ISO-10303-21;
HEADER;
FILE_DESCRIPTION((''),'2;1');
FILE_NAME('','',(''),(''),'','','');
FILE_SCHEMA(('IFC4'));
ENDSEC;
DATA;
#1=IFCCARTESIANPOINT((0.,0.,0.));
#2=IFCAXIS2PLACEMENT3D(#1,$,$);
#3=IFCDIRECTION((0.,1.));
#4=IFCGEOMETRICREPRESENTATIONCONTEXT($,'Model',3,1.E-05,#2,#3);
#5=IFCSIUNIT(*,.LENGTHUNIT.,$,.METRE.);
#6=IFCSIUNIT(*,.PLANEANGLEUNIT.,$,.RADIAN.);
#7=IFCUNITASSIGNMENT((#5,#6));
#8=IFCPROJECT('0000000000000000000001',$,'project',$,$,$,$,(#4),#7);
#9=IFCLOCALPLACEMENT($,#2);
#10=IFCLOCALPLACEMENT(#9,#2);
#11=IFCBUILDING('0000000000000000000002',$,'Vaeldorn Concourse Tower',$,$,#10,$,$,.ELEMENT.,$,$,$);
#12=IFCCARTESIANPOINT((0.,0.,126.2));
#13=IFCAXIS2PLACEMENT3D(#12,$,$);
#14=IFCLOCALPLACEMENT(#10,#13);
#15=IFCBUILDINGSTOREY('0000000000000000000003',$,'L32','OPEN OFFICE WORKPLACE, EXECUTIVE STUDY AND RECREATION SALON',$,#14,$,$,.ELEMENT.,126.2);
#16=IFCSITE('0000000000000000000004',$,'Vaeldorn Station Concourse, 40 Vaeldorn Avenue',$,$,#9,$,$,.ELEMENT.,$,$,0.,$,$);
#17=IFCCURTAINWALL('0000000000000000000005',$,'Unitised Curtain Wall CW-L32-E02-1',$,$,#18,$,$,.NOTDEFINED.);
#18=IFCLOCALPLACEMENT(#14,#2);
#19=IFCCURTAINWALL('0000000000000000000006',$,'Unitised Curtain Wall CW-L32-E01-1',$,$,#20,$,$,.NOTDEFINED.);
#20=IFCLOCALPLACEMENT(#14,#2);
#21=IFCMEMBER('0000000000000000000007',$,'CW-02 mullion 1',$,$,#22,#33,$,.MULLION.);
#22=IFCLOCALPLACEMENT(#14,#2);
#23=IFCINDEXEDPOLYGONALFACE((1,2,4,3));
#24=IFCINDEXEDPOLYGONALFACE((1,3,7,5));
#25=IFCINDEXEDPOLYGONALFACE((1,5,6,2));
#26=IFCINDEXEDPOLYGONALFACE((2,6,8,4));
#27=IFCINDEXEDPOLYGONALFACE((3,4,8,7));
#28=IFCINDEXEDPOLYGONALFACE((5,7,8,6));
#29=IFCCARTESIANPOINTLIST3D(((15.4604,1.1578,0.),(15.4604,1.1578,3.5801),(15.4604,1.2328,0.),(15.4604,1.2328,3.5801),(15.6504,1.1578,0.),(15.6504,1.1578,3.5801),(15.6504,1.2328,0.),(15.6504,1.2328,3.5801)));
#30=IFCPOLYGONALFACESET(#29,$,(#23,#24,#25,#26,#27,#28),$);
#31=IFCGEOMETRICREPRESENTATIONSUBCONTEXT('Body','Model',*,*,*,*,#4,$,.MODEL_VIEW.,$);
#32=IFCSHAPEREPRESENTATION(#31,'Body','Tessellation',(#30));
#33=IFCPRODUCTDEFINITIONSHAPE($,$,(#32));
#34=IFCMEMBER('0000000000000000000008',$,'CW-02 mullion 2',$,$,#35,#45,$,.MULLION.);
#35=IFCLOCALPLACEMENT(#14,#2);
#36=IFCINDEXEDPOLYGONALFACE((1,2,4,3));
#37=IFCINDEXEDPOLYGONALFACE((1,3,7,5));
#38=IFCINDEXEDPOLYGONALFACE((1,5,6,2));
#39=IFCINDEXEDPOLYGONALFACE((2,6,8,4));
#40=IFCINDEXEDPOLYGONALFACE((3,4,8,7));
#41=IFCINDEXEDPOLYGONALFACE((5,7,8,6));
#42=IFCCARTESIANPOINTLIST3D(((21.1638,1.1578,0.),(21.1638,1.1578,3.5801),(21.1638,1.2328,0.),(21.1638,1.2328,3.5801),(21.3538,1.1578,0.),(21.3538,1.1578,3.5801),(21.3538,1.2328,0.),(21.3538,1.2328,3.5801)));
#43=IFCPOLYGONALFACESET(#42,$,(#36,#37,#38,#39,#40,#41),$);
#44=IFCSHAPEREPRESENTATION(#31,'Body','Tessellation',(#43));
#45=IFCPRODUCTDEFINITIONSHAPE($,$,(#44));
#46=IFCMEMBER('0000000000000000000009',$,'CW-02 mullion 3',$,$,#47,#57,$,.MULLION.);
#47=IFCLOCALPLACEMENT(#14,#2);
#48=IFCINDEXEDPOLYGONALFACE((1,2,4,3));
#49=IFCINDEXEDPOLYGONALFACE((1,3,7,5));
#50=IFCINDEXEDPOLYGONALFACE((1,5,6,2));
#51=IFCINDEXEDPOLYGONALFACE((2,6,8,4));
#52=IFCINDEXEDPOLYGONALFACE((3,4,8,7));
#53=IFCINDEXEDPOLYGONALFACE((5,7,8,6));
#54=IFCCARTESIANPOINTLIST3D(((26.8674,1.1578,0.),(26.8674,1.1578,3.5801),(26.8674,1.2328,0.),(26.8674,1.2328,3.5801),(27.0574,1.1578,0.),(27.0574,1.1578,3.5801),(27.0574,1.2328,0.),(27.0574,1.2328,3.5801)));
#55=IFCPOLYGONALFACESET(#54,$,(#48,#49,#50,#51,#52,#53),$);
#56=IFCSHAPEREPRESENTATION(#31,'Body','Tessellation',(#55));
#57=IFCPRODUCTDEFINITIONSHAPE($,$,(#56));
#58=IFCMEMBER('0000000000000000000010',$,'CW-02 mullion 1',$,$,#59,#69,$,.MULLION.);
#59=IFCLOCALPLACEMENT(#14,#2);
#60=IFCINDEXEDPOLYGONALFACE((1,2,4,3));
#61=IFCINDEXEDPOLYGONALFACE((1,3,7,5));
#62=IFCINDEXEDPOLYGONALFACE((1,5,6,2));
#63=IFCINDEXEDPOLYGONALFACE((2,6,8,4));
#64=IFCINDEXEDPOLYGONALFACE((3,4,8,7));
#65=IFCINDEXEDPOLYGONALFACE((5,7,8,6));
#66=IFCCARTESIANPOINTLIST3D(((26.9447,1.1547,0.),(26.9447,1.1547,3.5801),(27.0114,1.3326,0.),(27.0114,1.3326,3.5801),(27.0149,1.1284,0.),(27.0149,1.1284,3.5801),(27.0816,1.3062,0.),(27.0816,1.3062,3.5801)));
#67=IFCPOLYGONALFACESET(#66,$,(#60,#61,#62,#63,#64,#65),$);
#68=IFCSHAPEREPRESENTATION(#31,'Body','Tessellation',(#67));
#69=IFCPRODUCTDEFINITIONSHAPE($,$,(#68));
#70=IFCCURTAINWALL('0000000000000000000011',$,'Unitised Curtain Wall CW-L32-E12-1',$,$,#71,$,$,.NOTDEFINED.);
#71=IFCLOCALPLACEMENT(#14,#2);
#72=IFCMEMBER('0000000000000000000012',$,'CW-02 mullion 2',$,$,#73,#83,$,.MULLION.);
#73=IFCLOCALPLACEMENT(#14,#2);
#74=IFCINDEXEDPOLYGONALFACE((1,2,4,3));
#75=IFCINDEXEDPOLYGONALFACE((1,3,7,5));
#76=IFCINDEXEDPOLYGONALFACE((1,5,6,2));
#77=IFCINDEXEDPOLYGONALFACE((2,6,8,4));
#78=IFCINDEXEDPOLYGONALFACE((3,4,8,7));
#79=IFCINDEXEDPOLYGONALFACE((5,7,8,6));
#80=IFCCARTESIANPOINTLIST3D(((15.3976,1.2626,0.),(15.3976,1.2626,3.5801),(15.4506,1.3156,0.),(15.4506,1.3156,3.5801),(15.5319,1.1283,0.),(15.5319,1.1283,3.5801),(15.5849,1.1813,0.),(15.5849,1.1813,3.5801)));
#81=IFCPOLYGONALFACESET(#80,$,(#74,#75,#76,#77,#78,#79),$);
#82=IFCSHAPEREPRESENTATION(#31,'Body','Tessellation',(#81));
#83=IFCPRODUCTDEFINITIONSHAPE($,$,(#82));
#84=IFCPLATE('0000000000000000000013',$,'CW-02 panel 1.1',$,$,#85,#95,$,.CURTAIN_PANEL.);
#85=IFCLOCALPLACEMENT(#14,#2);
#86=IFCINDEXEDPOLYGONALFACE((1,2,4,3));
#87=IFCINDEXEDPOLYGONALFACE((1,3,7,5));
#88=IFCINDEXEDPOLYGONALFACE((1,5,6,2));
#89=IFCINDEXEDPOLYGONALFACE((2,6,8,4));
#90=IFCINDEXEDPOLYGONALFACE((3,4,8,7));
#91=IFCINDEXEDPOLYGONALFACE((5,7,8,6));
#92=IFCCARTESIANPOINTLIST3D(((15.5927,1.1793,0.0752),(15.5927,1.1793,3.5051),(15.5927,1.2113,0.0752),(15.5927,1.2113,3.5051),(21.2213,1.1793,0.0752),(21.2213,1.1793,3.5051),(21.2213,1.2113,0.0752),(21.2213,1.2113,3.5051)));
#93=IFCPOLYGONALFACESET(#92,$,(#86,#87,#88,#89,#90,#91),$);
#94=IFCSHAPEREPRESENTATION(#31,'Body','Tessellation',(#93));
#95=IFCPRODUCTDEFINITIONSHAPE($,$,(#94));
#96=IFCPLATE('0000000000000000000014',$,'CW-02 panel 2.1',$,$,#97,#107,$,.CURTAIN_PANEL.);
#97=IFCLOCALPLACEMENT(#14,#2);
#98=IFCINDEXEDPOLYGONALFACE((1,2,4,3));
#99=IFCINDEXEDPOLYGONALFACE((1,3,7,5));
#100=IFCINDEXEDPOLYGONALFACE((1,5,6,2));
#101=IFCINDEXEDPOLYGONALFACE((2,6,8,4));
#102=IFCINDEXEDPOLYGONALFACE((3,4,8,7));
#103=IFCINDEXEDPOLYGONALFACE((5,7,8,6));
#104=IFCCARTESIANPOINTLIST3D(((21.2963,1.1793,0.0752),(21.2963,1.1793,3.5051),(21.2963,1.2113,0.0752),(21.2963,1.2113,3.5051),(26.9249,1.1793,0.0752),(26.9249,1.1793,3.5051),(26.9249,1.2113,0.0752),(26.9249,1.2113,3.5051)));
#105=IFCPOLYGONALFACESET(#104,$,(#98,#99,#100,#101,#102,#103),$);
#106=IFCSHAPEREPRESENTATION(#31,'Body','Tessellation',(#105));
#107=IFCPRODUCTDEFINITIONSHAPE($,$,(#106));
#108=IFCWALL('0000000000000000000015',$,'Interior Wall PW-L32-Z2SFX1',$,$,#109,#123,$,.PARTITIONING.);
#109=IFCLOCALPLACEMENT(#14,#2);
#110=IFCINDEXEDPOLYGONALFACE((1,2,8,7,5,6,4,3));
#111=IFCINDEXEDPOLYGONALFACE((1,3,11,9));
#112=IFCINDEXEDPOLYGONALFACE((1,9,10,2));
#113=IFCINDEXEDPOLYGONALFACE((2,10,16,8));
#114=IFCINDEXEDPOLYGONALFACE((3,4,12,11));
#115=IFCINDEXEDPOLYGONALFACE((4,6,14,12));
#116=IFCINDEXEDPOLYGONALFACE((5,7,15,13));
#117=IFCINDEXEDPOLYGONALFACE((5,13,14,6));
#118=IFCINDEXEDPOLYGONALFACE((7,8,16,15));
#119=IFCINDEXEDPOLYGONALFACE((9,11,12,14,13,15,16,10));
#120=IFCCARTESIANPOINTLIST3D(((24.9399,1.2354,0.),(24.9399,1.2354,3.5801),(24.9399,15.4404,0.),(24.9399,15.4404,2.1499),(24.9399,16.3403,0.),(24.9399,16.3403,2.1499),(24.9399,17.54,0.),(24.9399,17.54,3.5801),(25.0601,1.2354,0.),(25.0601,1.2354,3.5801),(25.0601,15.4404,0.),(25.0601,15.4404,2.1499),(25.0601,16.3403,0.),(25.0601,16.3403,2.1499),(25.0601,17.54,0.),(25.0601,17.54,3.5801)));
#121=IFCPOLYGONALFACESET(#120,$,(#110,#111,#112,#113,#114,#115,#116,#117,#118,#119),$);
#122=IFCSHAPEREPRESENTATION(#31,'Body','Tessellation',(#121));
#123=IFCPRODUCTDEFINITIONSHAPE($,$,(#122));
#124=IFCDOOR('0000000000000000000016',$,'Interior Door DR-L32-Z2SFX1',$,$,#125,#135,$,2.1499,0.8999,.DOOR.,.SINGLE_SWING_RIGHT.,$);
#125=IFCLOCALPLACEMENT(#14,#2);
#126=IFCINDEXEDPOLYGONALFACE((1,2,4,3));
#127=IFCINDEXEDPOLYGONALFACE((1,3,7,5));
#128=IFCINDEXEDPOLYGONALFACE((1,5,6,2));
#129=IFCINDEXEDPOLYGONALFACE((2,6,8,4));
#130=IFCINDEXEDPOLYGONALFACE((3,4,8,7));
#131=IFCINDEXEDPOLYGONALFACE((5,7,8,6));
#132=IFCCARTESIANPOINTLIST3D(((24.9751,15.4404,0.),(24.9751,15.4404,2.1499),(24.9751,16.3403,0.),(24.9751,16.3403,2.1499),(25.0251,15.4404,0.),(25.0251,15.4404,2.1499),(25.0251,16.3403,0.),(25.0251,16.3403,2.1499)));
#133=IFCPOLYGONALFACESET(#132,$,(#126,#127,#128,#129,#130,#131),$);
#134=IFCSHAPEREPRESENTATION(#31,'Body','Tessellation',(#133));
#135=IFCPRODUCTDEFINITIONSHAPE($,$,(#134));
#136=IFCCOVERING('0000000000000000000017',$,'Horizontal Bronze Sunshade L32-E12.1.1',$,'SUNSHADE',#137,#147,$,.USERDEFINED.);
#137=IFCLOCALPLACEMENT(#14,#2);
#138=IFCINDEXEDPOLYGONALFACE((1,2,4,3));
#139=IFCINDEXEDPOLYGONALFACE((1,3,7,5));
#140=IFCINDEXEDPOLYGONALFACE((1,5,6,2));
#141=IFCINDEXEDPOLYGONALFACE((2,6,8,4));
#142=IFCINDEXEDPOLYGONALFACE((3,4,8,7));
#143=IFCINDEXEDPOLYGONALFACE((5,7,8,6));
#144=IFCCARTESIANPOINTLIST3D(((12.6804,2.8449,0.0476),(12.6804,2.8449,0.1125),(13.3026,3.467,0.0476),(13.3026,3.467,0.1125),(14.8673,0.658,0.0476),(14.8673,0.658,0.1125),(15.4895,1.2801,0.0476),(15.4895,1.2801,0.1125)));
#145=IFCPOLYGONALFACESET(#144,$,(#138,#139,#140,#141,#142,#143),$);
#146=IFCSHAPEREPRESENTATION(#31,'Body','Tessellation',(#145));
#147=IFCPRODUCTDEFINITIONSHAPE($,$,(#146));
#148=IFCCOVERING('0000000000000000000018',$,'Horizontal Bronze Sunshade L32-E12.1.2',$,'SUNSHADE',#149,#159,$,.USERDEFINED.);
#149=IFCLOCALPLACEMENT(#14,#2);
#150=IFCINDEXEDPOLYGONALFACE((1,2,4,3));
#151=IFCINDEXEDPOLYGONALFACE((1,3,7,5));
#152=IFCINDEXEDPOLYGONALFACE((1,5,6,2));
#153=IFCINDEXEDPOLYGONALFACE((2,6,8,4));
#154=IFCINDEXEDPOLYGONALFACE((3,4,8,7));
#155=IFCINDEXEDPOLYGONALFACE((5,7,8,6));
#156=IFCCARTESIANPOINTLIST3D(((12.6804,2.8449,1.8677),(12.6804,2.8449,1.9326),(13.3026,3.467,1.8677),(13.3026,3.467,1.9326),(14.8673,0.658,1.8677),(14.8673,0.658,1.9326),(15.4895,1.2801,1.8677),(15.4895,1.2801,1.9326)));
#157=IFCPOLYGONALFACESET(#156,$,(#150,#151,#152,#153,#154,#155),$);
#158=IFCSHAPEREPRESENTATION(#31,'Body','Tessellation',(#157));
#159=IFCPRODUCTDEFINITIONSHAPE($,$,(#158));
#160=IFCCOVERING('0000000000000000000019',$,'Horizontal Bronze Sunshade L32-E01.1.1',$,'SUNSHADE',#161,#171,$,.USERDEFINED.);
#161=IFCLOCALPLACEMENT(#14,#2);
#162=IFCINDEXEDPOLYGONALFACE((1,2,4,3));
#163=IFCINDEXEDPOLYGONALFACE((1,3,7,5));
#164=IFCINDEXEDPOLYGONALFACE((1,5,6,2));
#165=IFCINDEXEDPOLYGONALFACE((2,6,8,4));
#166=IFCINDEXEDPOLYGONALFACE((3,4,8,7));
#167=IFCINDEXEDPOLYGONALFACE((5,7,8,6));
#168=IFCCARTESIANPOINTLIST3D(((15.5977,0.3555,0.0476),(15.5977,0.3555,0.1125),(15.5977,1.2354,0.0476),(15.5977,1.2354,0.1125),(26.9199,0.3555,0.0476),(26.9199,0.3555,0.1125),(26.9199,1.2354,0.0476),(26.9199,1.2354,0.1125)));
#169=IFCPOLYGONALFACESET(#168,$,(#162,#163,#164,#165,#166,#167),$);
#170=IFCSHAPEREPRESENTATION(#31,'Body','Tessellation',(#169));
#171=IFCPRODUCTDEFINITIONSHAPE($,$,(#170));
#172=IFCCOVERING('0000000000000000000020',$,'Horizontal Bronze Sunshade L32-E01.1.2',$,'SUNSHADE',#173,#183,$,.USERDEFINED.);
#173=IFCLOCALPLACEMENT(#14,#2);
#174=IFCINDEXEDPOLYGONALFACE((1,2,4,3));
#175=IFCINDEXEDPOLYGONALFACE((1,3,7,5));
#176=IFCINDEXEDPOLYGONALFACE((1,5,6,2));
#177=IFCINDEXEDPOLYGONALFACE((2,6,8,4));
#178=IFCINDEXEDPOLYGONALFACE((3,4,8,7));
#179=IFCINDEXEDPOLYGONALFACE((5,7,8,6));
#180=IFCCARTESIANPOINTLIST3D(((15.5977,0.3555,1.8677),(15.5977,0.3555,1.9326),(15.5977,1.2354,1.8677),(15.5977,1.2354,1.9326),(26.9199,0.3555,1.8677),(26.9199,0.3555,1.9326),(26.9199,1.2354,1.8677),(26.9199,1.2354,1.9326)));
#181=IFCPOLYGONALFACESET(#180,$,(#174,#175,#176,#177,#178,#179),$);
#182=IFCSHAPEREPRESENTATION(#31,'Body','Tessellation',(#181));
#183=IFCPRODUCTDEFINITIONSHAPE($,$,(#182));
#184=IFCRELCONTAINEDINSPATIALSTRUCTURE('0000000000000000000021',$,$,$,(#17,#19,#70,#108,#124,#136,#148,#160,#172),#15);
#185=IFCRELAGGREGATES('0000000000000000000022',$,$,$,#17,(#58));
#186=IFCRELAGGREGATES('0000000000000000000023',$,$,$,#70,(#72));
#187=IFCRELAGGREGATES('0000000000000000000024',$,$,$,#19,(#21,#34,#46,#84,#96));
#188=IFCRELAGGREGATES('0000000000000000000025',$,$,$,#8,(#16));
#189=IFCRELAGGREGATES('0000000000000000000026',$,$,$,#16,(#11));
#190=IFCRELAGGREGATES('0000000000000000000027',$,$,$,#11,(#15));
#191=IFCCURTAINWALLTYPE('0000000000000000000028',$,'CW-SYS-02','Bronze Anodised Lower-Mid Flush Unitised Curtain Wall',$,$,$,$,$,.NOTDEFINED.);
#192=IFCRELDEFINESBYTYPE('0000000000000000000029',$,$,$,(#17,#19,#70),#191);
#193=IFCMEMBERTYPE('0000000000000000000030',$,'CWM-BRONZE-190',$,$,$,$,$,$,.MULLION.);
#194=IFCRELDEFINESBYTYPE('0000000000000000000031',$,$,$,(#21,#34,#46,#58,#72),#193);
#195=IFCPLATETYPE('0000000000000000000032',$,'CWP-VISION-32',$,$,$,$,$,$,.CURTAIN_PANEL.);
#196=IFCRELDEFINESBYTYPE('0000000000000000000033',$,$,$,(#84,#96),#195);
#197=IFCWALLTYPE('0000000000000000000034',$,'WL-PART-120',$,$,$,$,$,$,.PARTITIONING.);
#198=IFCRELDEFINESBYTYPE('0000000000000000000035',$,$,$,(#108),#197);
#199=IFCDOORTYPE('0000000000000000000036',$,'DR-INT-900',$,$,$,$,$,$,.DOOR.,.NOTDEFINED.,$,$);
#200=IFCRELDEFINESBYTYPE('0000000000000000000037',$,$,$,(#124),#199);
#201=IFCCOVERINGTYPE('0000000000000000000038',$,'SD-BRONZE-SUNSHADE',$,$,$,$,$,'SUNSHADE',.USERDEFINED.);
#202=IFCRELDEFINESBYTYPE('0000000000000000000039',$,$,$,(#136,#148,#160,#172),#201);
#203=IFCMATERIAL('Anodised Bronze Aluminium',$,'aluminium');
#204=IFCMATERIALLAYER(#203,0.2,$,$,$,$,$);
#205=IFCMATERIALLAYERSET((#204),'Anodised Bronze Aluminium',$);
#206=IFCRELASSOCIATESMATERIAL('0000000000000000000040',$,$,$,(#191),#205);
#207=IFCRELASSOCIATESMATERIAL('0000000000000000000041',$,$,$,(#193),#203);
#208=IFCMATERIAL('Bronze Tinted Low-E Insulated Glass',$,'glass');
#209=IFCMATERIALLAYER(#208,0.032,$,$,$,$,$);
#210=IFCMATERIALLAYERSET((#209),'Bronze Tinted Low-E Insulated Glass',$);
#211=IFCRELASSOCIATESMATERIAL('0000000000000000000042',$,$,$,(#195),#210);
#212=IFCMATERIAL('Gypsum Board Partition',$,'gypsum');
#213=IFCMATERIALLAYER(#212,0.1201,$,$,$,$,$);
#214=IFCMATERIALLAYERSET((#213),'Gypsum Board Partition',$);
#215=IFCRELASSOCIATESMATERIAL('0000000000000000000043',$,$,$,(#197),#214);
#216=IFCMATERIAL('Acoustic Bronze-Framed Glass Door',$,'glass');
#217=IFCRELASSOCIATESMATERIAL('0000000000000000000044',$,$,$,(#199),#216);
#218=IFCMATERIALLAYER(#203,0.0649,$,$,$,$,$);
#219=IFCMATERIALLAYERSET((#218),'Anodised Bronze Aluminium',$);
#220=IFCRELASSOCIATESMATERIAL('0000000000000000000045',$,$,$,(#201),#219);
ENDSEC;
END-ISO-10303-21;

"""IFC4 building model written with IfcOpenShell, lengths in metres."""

from ifc_helpers import new_model, si_unit, direction, frame, frame_2d, origin, origin_2d, place, context, subcontext, project, spatial, rectangle, extrude, source, transform, mapped, material, layer, layer_set, material_profile, profile_set, type_object, element, fill, aggregate, save


model = new_model("IFC4")

# Units and contexts
model_context = context("Model", 3, precision=1e-05, world=origin(), true_north=direction((0.0, 1.0)))
body_context = subcontext(model_context, "Body", "Model", "MODEL_VIEW")
ifc_project = project(units=[si_unit("LENGTHUNIT", "METRE"), si_unit("PLANEANGLEUNIT", "RADIAN")], contexts=[model_context])

# Site, building, storey
site_placement = place(None, origin())
site = spatial("IfcSite", under=ifc_project, at=site_placement, Name="Vaeldorn Station Concourse, 40 Vaeldorn Avenue", CompositionType="ELEMENT", RefElevation=0.0)
building_placement = place(site_placement, origin())
building = spatial("IfcBuilding", under=site, at=building_placement, Name="Vaeldorn Concourse Tower", CompositionType="ELEMENT")
storey_placement = place(building_placement, frame((0.0, 0.0, 126.2)))
storey = spatial("IfcBuildingStorey", under=building, at=storey_placement, Name="L32", Description="OPEN OFFICE WORKPLACE, EXECUTIVE STUDY AND RECREATION SALON", CompositionType="ELEMENT", Elevation=126.2)

# Curtain walls, members
ifc_material_1 = material(Name="Anodised Bronze Aluminium", Category="aluminium")
ifc_layer_1 = layer(ifc_material_1, 0.2)
ifc_layer_set_1 = layer_set([ifc_layer_1], Name="Anodised Bronze Aluminium")
curtain_wall_type = type_object("IfcCurtainWallType", Name="CW-SYS-02", Description="Bronze Anodised Lower-Mid Flush Unitised Curtain Wall", PredefinedType="NOTDEFINED", material=ifc_layer_set_1)
curtain_wall_1_placement = place(storey_placement, origin())
curtain_wall_1 = element("IfcCurtainWall", 1, at=curtain_wall_1_placement, inside=storey, type_object=curtain_wall_type, Name="Unitised Curtain Wall CW-L32-E02-1", PredefinedType="NOTDEFINED")
curtain_wall_2_placement = place(storey_placement, origin())
curtain_wall_2 = element("IfcCurtainWall", 2, at=curtain_wall_2_placement, inside=storey, type_object=curtain_wall_type, Name="Unitised Curtain Wall CW-L32-E01-1", PredefinedType="NOTDEFINED")
ifc_material_profile_1 = material_profile(ifc_material_1, rectangle(XDim=0.075, YDim=0.1899, at=origin_2d()), Name="CWM 75x190")
ifc_profile_set_1 = profile_set([ifc_material_profile_1], Name="Anodised Bronze Aluminium")
member_type_1 = type_object("IfcMemberType", Name="CWM-BRONZE-190", PredefinedType="MULLION", material=ifc_profile_set_1)
shared_shape_1 = source(origin(), body_context, "Body", "SweptSolid", [
    extrude(rectangle(XDim=0.075, YDim=0.1899, at=origin_2d()), origin(), (0.0, 0.0, 1.0), 3.5801),
])
member_1_placement = place(storey_placement, frame((15.5554, 1.1953, 0.0), z_axis=(0.0, 0.0, 1.0), x_axis=(0.0, 1.0, 0.0)))
member_1 = element("IfcMember", 3, at=member_1_placement, type_object=member_type_1, Name="CW-02 mullion 1", PredefinedType="MULLION", context=body_context, shape_type="MappedRepresentation", body=[
    mapped(shared_shape_1, transform((0.0, 0.0, 0.0), scale=1.0)),
])
member_2_placement = place(storey_placement, frame((21.2588, 1.1953, 0.0), z_axis=(0.0, 0.0, 1.0), x_axis=(0.0, 1.0, 0.0)))
member_2 = element("IfcMember", 4, at=member_2_placement, type_object=member_type_1, Name="CW-02 mullion 2", PredefinedType="MULLION", context=body_context, shape_type="MappedRepresentation", body=[
    mapped(shared_shape_1, transform((0.0, 0.0, 0.0), scale=1.0)),
])
member_3_placement = place(storey_placement, frame((26.9624, 1.1953, 0.0), z_axis=(0.0, 0.0, 1.0), x_axis=(0.0, 1.0, 0.0)))
member_3 = element("IfcMember", 5, at=member_3_placement, type_object=member_type_1, Name="CW-02 mullion 3", PredefinedType="MULLION", context=body_context, shape_type="MappedRepresentation", body=[
    mapped(shared_shape_1, transform((0.0, 0.0, 0.0), scale=1.0)),
])

# Member
member_4_placement = place(storey_placement, frame((27.0132, 1.2305, 0.0), z_axis=(0.0, 0.0, 1.0), x_axis=(-0.936329, 0.351123, 0.0)))
member_4 = element("IfcMember", 6, at=member_4_placement, type_object=member_type_1, Name="CW-02 mullion 1", PredefinedType="MULLION", context=body_context, shape_type="MappedRepresentation", body=[
    mapped(shared_shape_1, transform((0.0, 0.0, 0.0), scale=1.0)),
])
aggregate(curtain_wall_1, [member_4])

# Curtain wall, member
curtain_wall_3_placement = place(storey_placement, origin())
curtain_wall_3 = element("IfcCurtainWall", 7, at=curtain_wall_3_placement, inside=storey, type_object=curtain_wall_type, Name="Unitised Curtain Wall CW-L32-E12-1", PredefinedType="NOTDEFINED")
member_5_placement = place(storey_placement, frame((15.4912, 1.2219, 0.0), z_axis=(0.0, 0.0, 1.0), x_axis=(0.707107, 0.707107, 0.0)))
member_5 = element("IfcMember", 8, at=member_5_placement, type_object=member_type_1, Name="CW-02 mullion 2", PredefinedType="MULLION", context=body_context, shape_type="MappedRepresentation", body=[
    mapped(shared_shape_1, transform((0.0, 0.0, 0.0), scale=1.0)),
])
aggregate(curtain_wall_3, [member_5])

# Plates
ifc_material_2 = material(Name="Bronze Tinted Low-E Insulated Glass", Category="glass")
ifc_layer_2 = layer(ifc_material_2, 0.032)
ifc_layer_set_2 = layer_set([ifc_layer_2], Name="Bronze Tinted Low-E Insulated Glass")
plate_type = type_object("IfcPlateType", Name="CWP-VISION-32", PredefinedType="CURTAIN_PANEL", material=ifc_layer_set_2)
shared_shape_2 = source(origin(), body_context, "Body", "SweptSolid", [
    extrude(rectangle(XDim=5.6287, YDim=0.032, at=origin_2d()), origin(), (0.0, 0.0, 1.0), 3.4299),
])
plate_1_placement = place(storey_placement, frame((18.407, 1.1953, 0.0752), z_axis=(0.0, 0.0, 1.0), x_axis=(1.0, 0.0, 0.0)))
plate_1 = element("IfcPlate", 9, at=plate_1_placement, type_object=plate_type, Name="CW-02 panel 1.1", PredefinedType="CURTAIN_PANEL", context=body_context, shape_type="MappedRepresentation", body=[
    mapped(shared_shape_2, transform((0.0, 0.0, 0.0), scale=1.0)),
])
plate_2_placement = place(storey_placement, frame((24.1106, 1.1953, 0.0752), z_axis=(0.0, 0.0, 1.0), x_axis=(1.0, 0.0, 0.0)))
plate_2 = element("IfcPlate", 10, at=plate_2_placement, type_object=plate_type, Name="CW-02 panel 2.1", PredefinedType="CURTAIN_PANEL", context=body_context, shape_type="MappedRepresentation", body=[
    mapped(shared_shape_2, transform((0.0, 0.0, 0.0), scale=1.0)),
])
aggregate(curtain_wall_2, [member_1, member_2, member_3, plate_1, plate_2])

# Wall, opening, door
ifc_material_3 = material(Name="Gypsum Board Partition", Category="gypsum")
ifc_layer_3 = layer(ifc_material_3, 0.1201)
ifc_layer_set_3 = layer_set([ifc_layer_3], Name="Gypsum Board Partition")
wall_type = type_object("IfcWallType", Name="WL-PART-120", PredefinedType="PARTITIONING", material=ifc_layer_set_3)
wall_placement = place(storey_placement, frame((25.0, 1.2354, 0.0), z_axis=(0.0, 0.0, 1.0), x_axis=(0.0, 1.0, 0.0)))
wall = element("IfcWall", 11, at=wall_placement, inside=storey, type_object=wall_type, Name="Interior Wall PW-L32-Z2SFX1", PredefinedType="PARTITIONING", context=body_context, shape_type="SweptSolid", body=[
    extrude(rectangle(XDim=16.3047, YDim=0.1201, at=frame_2d((8.1523, 0.0))), origin(), (0.0, 0.0, 1.0), 3.5801),
])
opening_placement = place(wall_placement, frame((14.2051, 0.0, 0.0)))
opening = element("IfcOpeningElement", 12, at=opening_placement, cuts=wall, PredefinedType="OPENING", context=body_context, shape_type="SweptSolid", body=[
    extrude(rectangle(XDim=0.8999, YDim=2.1499, at=frame_2d((0.45, 1.075))), frame((0.0, 0.0701, 0.0), z_axis=(0.0, -1.0, 0.0), x_axis=(1.0, 0.0, 0.0)), (0.0, 0.0, 1.0), 0.1401),
])
ifc_material_4 = material(Name="Acoustic Bronze-Framed Glass Door", Category="glass")
door_type = type_object("IfcDoorType", Name="DR-INT-900", OperationType="NOTDEFINED", PredefinedType="DOOR", material=ifc_material_4)
shared_shape_3 = source(origin(), body_context, "Body", "SweptSolid", [
    extrude(rectangle(XDim=0.8999, YDim=2.1499, at=frame_2d((0.45, 1.075))), frame((0.0, 0.0249, 0.0), z_axis=(0.0, -1.0, 0.0), x_axis=(1.0, 0.0, 0.0)), (0.0, 0.0, 1.0), 0.05),
])
door_placement = place(opening_placement, origin())
door = element("IfcDoor", 13, at=door_placement, inside=storey, type_object=door_type, Name="Interior Door DR-L32-Z2SFX1", OperationType="SINGLE_SWING_RIGHT", OverallHeight=2.1499, OverallWidth=0.8999, PredefinedType="DOOR", context=body_context, shape_type="MappedRepresentation", body=[
    mapped(shared_shape_3, transform((0.0, 0.0, 0.0), scale=1.0)),
])
fill(opening, door)

# Coverings
ifc_layer_4 = layer(ifc_material_1, 0.0649)
ifc_layer_set_4 = layer_set([ifc_layer_4], Name="Anodised Bronze Aluminium")
covering_type = type_object("IfcCoveringType", Name="SD-BRONZE-SUNSHADE", ElementType="SUNSHADE", PredefinedType="USERDEFINED", material=ifc_layer_set_4)
shared_shape_4 = source(origin(), body_context, "Body", "SweptSolid", [
    extrude(rectangle(XDim=3.0928, YDim=0.8799, at=origin_2d()), origin(), (0.0, 0.0, 1.0), 0.0649),
])
for number, where, z_axis, x_axis, name in (
    (14, (14.085, 2.0625, 0.0476), (0.0, 0.0, 1.0), (0.707107, -0.707107, 0.0), "Horizontal Bronze Sunshade L32-E12.1.1"),
    (15, (14.085, 2.0625, 1.8677), (0.0, 0.0, 1.0), (0.707107, -0.707107, 0.0), "Horizontal Bronze Sunshade L32-E12.1.2"),
):
    element("IfcCovering", number, at=place(storey_placement, frame(where, z_axis=z_axis, x_axis=x_axis)), inside=storey, type_object=covering_type, Name=name, ObjectType="SUNSHADE", PredefinedType="USERDEFINED", context=body_context, shape_type="MappedRepresentation", body=[
        mapped(shared_shape_4, transform((0.0, 0.0, 0.0), scale=1.0)),
    ])
shared_shape_5 = source(origin(), body_context, "Body", "SweptSolid", [
    extrude(rectangle(XDim=11.3223, YDim=0.8799, at=origin_2d()), origin(), (0.0, 0.0, 1.0), 0.0649),
])
for number, where, z_axis, x_axis, name in (
    (16, (21.2588, 0.7954, 0.0476), (0.0, 0.0, 1.0), (1.0, 0.0, 0.0), "Horizontal Bronze Sunshade L32-E01.1.1"),
    (17, (21.2588, 0.7954, 1.8677), (0.0, 0.0, 1.0), (1.0, 0.0, 0.0), "Horizontal Bronze Sunshade L32-E01.1.2"),
):
    element("IfcCovering", number, at=place(storey_placement, frame(where, z_axis=z_axis, x_axis=x_axis)), inside=storey, type_object=covering_type, Name=name, ObjectType="SUNSHADE", PredefinedType="USERDEFINED", context=body_context, shape_type="MappedRepresentation", body=[
        mapped(shared_shape_5, transform((0.0, 0.0, 0.0), scale=1.0)),
    ])

save(model, "model.ifc")
